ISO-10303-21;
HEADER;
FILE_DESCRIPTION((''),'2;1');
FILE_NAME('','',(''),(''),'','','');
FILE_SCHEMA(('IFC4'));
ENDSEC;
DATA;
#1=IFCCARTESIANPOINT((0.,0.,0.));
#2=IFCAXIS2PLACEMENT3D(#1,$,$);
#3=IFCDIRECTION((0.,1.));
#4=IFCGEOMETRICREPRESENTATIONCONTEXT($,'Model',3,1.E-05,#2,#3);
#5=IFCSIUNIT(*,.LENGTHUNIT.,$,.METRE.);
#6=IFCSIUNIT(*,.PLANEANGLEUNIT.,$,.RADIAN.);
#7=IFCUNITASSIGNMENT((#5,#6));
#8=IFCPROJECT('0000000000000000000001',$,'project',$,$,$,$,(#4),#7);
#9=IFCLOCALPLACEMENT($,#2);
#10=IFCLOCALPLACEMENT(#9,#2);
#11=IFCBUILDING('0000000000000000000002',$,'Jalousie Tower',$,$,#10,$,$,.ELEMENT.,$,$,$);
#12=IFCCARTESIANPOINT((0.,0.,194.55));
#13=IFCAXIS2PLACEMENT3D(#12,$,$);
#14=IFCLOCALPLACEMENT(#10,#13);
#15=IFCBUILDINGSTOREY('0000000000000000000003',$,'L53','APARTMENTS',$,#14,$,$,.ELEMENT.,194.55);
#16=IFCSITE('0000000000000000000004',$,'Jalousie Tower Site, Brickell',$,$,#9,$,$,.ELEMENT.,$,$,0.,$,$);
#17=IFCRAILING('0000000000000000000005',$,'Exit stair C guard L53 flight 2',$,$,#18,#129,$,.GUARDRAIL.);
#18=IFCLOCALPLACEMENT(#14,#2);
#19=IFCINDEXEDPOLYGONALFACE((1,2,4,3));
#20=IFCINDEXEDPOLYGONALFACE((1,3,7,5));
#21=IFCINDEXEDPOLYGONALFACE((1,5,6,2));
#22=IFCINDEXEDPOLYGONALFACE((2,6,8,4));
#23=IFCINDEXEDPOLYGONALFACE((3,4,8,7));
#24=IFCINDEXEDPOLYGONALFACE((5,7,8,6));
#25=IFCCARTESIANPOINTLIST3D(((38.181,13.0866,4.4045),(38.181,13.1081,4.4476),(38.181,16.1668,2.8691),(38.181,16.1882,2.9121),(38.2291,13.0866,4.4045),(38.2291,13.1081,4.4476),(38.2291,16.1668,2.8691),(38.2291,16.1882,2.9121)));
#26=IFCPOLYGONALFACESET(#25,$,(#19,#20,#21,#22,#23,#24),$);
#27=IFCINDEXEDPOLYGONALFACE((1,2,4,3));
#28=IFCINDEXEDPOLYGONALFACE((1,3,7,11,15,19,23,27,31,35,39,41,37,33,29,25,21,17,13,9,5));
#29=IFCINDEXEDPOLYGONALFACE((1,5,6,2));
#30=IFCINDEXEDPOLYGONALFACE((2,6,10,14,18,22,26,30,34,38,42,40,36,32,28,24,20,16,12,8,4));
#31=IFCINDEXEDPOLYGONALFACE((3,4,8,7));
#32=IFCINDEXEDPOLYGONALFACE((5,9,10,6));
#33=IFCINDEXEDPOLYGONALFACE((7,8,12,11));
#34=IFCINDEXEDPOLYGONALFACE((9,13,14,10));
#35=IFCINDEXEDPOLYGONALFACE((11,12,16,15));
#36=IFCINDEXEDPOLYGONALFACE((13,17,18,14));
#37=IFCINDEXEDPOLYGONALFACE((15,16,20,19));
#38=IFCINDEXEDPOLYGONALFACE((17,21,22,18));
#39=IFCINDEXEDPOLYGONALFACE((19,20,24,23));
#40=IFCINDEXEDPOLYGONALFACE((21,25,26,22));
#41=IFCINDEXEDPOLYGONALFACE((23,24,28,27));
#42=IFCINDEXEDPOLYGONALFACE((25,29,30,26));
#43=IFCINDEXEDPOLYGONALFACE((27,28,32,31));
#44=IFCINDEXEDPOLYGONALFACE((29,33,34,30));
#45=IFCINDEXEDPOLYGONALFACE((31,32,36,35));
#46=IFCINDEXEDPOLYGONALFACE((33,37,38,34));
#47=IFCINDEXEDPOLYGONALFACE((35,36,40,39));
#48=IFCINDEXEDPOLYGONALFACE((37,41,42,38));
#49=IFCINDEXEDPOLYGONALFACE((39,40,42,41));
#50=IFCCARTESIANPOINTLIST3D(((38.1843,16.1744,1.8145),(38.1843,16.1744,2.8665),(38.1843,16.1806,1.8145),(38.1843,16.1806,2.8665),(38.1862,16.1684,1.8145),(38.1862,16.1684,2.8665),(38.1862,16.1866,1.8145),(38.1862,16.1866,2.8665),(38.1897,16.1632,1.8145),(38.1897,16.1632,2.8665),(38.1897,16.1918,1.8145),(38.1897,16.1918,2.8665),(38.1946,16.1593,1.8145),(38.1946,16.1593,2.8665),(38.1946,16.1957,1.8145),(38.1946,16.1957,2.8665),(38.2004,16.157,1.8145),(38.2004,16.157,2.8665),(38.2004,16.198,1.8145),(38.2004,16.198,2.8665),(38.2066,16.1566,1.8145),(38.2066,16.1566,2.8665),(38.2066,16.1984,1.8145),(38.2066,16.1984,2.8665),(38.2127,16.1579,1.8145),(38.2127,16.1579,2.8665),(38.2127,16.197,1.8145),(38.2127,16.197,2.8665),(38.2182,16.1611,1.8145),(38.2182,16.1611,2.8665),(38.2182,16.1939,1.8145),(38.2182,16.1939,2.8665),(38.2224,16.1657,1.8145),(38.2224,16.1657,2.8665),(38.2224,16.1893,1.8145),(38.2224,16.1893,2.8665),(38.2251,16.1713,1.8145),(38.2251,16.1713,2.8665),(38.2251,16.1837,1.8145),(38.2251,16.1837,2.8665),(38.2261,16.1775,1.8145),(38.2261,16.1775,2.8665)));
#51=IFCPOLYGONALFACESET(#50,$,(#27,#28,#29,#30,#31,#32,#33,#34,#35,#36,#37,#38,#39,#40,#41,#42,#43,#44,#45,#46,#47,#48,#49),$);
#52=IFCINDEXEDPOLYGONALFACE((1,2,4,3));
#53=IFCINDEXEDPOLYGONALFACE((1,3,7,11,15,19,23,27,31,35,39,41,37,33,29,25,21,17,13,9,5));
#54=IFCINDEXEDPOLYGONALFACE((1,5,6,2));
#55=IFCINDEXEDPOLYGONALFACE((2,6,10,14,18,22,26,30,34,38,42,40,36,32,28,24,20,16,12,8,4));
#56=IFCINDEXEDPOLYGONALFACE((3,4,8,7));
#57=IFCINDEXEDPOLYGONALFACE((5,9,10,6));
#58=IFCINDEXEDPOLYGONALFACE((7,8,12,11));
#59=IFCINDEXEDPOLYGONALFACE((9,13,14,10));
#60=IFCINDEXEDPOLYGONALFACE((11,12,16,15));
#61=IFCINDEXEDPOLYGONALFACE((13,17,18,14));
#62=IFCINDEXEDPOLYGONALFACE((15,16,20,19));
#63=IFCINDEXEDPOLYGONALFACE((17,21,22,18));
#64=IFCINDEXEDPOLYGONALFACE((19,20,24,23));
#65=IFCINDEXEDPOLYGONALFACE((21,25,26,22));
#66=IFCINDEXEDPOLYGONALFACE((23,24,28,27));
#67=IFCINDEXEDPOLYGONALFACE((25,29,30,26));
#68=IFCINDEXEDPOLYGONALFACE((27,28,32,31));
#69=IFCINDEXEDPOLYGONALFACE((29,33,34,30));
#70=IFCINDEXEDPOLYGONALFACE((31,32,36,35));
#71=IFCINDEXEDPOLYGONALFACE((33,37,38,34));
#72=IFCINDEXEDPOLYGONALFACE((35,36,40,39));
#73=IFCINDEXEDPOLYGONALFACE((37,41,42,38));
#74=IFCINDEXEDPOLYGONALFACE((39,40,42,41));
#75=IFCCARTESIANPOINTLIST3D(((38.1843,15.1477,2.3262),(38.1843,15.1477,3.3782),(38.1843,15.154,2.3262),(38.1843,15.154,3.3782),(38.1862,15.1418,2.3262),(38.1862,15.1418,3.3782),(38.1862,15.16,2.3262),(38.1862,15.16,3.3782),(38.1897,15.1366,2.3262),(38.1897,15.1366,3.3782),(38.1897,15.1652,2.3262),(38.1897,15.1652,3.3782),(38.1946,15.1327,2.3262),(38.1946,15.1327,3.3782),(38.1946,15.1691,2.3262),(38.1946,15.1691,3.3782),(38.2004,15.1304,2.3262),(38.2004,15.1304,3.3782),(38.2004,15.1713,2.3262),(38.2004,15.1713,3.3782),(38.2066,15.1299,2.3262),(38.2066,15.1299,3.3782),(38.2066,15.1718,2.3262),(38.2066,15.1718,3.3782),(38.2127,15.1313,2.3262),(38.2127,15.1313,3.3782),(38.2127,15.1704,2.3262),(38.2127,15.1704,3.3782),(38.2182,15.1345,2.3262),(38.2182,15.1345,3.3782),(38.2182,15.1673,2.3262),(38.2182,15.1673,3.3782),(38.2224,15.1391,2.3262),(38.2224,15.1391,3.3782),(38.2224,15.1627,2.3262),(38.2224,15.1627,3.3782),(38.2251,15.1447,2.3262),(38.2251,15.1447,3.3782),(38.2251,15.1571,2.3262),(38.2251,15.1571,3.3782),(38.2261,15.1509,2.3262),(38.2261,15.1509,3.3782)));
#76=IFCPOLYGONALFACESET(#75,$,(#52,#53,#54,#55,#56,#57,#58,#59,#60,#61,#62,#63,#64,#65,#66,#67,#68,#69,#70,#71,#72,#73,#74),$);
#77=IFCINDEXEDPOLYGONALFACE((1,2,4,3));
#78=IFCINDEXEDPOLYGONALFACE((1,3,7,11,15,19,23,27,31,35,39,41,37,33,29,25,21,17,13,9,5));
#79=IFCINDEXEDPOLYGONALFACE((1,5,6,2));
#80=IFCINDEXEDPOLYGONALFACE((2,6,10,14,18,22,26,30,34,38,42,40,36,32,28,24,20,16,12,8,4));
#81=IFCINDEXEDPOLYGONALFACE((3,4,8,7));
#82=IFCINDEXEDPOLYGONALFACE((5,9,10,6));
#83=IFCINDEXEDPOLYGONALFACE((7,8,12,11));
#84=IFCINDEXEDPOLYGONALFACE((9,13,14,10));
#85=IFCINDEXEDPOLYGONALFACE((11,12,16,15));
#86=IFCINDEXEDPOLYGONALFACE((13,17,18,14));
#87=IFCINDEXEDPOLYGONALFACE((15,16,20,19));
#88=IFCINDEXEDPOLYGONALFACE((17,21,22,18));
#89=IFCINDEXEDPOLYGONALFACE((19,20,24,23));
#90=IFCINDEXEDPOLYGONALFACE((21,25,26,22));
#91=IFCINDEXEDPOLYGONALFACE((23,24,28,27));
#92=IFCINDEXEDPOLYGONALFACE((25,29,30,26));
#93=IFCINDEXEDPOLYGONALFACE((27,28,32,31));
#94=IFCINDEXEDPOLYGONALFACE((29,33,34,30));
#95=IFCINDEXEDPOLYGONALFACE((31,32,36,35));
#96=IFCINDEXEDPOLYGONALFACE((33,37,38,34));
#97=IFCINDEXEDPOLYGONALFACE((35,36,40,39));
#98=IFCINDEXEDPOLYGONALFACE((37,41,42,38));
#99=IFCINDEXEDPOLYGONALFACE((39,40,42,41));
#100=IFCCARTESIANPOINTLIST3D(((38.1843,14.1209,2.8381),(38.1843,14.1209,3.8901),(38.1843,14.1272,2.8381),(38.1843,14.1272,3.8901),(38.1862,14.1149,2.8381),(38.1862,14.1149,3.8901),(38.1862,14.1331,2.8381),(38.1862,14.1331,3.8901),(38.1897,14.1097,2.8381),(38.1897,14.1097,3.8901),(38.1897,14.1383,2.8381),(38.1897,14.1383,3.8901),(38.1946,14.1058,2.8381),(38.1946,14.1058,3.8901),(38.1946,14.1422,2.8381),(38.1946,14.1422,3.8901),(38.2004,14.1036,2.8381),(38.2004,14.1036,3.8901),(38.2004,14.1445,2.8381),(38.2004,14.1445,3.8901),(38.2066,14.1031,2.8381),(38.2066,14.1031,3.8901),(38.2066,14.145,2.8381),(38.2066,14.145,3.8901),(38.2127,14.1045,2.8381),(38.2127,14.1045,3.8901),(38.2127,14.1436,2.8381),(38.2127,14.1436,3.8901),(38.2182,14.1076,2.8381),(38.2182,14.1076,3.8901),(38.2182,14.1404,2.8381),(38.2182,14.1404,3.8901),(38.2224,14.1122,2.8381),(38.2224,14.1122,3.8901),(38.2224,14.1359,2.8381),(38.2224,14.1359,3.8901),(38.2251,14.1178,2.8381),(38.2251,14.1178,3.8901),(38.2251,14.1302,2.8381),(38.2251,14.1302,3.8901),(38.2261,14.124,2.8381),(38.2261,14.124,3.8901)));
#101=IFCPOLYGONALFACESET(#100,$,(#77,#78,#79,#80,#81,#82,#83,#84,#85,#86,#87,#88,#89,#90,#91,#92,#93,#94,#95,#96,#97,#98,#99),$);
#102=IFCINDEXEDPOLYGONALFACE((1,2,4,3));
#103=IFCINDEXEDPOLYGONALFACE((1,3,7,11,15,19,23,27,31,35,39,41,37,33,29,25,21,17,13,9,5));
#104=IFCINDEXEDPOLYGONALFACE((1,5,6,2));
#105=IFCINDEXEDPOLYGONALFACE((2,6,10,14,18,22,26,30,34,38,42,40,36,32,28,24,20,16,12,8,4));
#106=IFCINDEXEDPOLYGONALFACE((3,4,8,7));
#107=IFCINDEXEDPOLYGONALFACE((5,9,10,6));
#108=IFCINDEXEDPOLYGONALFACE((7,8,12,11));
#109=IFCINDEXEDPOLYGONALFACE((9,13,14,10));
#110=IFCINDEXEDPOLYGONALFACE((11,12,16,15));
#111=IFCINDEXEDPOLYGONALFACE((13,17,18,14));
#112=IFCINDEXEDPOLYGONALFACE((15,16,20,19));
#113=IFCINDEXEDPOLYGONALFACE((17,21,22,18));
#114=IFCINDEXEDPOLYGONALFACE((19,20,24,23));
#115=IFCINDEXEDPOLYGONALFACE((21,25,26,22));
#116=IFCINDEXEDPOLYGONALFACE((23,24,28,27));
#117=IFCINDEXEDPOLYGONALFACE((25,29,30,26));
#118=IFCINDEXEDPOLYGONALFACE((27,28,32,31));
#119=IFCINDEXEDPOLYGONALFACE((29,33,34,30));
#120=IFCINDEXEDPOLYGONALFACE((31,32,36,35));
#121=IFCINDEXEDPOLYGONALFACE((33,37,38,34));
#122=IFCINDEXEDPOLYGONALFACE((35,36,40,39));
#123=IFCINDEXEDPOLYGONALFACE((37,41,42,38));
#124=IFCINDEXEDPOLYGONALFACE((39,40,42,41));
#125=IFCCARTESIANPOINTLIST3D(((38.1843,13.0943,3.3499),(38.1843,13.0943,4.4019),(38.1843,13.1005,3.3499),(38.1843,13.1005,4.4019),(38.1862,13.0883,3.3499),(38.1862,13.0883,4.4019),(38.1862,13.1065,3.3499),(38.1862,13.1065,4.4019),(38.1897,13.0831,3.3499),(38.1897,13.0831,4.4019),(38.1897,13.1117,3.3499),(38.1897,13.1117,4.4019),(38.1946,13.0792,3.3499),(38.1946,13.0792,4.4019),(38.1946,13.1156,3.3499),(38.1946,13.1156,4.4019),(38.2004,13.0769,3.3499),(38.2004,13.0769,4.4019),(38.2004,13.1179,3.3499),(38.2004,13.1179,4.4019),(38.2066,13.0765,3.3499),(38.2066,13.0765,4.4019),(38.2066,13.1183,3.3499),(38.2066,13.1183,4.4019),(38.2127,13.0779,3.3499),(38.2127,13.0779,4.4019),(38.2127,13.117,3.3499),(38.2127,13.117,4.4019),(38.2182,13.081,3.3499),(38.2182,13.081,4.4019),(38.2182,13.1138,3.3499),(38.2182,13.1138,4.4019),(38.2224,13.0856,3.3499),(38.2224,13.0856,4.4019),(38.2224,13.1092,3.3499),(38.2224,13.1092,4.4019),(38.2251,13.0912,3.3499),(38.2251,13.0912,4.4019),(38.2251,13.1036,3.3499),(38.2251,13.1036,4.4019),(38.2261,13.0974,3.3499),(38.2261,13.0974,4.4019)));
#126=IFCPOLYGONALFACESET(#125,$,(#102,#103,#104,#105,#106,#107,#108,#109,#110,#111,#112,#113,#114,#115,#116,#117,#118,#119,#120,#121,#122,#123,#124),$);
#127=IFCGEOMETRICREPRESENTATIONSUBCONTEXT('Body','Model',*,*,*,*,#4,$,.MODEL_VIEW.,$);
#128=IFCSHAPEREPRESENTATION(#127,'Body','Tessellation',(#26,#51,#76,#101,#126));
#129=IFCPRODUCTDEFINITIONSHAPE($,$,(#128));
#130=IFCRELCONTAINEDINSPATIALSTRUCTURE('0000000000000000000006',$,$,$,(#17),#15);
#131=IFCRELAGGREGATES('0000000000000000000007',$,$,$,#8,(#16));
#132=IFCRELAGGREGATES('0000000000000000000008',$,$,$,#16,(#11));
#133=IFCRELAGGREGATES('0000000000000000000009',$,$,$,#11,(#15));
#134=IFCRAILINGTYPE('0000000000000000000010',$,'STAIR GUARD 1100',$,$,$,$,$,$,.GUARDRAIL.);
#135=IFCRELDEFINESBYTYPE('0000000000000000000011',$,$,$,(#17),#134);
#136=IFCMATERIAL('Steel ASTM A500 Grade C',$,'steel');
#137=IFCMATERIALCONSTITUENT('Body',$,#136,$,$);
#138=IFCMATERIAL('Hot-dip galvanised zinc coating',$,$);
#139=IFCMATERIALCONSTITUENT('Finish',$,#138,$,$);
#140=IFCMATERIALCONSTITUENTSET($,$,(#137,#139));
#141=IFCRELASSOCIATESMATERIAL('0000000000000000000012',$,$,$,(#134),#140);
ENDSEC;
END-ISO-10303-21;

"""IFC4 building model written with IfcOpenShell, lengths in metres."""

from ifc_helpers import new_model, si_unit, direction, frame, origin, origin_2d, place, context, subcontext, project, spatial, rectangle, circle, extrude, material, constituent, constituent_set, type_object, element, save


model = new_model("IFC4")

# Units and contexts
model_context = context("Model", 3, precision=1e-05, world=origin(), true_north=direction((0.0, 1.0)))
body_context = subcontext(model_context, "Body", "Model", "MODEL_VIEW")
ifc_project = project(units=[si_unit("LENGTHUNIT", "METRE"), si_unit("PLANEANGLEUNIT", "RADIAN")], contexts=[model_context])

# Site, building, storey
site_placement = place(None, origin())
site = spatial("IfcSite", under=ifc_project, at=site_placement, Name="Jalousie Tower Site, Brickell", CompositionType="ELEMENT", RefElevation=0.0)
building_placement = place(site_placement, origin())
building = spatial("IfcBuilding", under=site, at=building_placement, Name="Jalousie Tower", CompositionType="ELEMENT")
storey_placement = place(building_placement, frame((0.0, 0.0, 194.55)))
storey = spatial("IfcBuildingStorey", under=building, at=storey_placement, Name="L53", Description="APARTMENTS", CompositionType="ELEMENT", Elevation=194.55)

# Railing
ifc_material_1 = material(Name="Steel ASTM A500 Grade C", Category="steel")
ifc_constituent_1 = constituent(ifc_material_1, Name="Body")
ifc_material_2 = material(Name="Hot-dip galvanised zinc coating")
ifc_constituent_2 = constituent(ifc_material_2, Name="Finish")
ifc_constituent_set_1 = constituent_set(constituents=[ifc_constituent_1, ifc_constituent_2])
railing_type_1 = type_object("IfcRailingType", Name="STAIR GUARD 1100", PredefinedType="GUARDRAIL", material=ifc_constituent_set_1)
railing_1_placement = place(storey_placement, frame((38.2051, 16.1775, 1.8145)))
element("IfcRailing", 1, at=railing_1_placement, inside=storey, type_object=railing_type_1, Name="Exit stair C guard L53 flight 2", PredefinedType="GUARDRAIL", context=body_context, shape_type="SweptSolid", body=[
    extrude(rectangle(XDim=0.0481, YDim=0.0481, at=origin_2d()), frame((0.0, 0.0, 1.0762), z_axis=(0.0, -0.894966, 0.446135), x_axis=(1.0, 0.0, 0.0)), (0.0, 0.0, 1.0), 3.4417),
    extrude(circle(Radius=0.021, at=origin_2d()), origin(), (0.0, 0.0, 1.0), 1.052),
    extrude(circle(Radius=0.021, at=origin_2d()), frame((0.0, -1.0266, 0.5117)), (0.0, 0.0, 1.0), 1.052),
    extrude(circle(Radius=0.021, at=origin_2d()), frame((0.0, -2.0535, 1.0237)), (0.0, 0.0, 1.0), 1.052),
    extrude(circle(Radius=0.021, at=origin_2d()), frame((0.0, -3.0801, 1.5354)), (0.0, 0.0, 1.0), 1.052),
])

save(model, "model.ifc")
